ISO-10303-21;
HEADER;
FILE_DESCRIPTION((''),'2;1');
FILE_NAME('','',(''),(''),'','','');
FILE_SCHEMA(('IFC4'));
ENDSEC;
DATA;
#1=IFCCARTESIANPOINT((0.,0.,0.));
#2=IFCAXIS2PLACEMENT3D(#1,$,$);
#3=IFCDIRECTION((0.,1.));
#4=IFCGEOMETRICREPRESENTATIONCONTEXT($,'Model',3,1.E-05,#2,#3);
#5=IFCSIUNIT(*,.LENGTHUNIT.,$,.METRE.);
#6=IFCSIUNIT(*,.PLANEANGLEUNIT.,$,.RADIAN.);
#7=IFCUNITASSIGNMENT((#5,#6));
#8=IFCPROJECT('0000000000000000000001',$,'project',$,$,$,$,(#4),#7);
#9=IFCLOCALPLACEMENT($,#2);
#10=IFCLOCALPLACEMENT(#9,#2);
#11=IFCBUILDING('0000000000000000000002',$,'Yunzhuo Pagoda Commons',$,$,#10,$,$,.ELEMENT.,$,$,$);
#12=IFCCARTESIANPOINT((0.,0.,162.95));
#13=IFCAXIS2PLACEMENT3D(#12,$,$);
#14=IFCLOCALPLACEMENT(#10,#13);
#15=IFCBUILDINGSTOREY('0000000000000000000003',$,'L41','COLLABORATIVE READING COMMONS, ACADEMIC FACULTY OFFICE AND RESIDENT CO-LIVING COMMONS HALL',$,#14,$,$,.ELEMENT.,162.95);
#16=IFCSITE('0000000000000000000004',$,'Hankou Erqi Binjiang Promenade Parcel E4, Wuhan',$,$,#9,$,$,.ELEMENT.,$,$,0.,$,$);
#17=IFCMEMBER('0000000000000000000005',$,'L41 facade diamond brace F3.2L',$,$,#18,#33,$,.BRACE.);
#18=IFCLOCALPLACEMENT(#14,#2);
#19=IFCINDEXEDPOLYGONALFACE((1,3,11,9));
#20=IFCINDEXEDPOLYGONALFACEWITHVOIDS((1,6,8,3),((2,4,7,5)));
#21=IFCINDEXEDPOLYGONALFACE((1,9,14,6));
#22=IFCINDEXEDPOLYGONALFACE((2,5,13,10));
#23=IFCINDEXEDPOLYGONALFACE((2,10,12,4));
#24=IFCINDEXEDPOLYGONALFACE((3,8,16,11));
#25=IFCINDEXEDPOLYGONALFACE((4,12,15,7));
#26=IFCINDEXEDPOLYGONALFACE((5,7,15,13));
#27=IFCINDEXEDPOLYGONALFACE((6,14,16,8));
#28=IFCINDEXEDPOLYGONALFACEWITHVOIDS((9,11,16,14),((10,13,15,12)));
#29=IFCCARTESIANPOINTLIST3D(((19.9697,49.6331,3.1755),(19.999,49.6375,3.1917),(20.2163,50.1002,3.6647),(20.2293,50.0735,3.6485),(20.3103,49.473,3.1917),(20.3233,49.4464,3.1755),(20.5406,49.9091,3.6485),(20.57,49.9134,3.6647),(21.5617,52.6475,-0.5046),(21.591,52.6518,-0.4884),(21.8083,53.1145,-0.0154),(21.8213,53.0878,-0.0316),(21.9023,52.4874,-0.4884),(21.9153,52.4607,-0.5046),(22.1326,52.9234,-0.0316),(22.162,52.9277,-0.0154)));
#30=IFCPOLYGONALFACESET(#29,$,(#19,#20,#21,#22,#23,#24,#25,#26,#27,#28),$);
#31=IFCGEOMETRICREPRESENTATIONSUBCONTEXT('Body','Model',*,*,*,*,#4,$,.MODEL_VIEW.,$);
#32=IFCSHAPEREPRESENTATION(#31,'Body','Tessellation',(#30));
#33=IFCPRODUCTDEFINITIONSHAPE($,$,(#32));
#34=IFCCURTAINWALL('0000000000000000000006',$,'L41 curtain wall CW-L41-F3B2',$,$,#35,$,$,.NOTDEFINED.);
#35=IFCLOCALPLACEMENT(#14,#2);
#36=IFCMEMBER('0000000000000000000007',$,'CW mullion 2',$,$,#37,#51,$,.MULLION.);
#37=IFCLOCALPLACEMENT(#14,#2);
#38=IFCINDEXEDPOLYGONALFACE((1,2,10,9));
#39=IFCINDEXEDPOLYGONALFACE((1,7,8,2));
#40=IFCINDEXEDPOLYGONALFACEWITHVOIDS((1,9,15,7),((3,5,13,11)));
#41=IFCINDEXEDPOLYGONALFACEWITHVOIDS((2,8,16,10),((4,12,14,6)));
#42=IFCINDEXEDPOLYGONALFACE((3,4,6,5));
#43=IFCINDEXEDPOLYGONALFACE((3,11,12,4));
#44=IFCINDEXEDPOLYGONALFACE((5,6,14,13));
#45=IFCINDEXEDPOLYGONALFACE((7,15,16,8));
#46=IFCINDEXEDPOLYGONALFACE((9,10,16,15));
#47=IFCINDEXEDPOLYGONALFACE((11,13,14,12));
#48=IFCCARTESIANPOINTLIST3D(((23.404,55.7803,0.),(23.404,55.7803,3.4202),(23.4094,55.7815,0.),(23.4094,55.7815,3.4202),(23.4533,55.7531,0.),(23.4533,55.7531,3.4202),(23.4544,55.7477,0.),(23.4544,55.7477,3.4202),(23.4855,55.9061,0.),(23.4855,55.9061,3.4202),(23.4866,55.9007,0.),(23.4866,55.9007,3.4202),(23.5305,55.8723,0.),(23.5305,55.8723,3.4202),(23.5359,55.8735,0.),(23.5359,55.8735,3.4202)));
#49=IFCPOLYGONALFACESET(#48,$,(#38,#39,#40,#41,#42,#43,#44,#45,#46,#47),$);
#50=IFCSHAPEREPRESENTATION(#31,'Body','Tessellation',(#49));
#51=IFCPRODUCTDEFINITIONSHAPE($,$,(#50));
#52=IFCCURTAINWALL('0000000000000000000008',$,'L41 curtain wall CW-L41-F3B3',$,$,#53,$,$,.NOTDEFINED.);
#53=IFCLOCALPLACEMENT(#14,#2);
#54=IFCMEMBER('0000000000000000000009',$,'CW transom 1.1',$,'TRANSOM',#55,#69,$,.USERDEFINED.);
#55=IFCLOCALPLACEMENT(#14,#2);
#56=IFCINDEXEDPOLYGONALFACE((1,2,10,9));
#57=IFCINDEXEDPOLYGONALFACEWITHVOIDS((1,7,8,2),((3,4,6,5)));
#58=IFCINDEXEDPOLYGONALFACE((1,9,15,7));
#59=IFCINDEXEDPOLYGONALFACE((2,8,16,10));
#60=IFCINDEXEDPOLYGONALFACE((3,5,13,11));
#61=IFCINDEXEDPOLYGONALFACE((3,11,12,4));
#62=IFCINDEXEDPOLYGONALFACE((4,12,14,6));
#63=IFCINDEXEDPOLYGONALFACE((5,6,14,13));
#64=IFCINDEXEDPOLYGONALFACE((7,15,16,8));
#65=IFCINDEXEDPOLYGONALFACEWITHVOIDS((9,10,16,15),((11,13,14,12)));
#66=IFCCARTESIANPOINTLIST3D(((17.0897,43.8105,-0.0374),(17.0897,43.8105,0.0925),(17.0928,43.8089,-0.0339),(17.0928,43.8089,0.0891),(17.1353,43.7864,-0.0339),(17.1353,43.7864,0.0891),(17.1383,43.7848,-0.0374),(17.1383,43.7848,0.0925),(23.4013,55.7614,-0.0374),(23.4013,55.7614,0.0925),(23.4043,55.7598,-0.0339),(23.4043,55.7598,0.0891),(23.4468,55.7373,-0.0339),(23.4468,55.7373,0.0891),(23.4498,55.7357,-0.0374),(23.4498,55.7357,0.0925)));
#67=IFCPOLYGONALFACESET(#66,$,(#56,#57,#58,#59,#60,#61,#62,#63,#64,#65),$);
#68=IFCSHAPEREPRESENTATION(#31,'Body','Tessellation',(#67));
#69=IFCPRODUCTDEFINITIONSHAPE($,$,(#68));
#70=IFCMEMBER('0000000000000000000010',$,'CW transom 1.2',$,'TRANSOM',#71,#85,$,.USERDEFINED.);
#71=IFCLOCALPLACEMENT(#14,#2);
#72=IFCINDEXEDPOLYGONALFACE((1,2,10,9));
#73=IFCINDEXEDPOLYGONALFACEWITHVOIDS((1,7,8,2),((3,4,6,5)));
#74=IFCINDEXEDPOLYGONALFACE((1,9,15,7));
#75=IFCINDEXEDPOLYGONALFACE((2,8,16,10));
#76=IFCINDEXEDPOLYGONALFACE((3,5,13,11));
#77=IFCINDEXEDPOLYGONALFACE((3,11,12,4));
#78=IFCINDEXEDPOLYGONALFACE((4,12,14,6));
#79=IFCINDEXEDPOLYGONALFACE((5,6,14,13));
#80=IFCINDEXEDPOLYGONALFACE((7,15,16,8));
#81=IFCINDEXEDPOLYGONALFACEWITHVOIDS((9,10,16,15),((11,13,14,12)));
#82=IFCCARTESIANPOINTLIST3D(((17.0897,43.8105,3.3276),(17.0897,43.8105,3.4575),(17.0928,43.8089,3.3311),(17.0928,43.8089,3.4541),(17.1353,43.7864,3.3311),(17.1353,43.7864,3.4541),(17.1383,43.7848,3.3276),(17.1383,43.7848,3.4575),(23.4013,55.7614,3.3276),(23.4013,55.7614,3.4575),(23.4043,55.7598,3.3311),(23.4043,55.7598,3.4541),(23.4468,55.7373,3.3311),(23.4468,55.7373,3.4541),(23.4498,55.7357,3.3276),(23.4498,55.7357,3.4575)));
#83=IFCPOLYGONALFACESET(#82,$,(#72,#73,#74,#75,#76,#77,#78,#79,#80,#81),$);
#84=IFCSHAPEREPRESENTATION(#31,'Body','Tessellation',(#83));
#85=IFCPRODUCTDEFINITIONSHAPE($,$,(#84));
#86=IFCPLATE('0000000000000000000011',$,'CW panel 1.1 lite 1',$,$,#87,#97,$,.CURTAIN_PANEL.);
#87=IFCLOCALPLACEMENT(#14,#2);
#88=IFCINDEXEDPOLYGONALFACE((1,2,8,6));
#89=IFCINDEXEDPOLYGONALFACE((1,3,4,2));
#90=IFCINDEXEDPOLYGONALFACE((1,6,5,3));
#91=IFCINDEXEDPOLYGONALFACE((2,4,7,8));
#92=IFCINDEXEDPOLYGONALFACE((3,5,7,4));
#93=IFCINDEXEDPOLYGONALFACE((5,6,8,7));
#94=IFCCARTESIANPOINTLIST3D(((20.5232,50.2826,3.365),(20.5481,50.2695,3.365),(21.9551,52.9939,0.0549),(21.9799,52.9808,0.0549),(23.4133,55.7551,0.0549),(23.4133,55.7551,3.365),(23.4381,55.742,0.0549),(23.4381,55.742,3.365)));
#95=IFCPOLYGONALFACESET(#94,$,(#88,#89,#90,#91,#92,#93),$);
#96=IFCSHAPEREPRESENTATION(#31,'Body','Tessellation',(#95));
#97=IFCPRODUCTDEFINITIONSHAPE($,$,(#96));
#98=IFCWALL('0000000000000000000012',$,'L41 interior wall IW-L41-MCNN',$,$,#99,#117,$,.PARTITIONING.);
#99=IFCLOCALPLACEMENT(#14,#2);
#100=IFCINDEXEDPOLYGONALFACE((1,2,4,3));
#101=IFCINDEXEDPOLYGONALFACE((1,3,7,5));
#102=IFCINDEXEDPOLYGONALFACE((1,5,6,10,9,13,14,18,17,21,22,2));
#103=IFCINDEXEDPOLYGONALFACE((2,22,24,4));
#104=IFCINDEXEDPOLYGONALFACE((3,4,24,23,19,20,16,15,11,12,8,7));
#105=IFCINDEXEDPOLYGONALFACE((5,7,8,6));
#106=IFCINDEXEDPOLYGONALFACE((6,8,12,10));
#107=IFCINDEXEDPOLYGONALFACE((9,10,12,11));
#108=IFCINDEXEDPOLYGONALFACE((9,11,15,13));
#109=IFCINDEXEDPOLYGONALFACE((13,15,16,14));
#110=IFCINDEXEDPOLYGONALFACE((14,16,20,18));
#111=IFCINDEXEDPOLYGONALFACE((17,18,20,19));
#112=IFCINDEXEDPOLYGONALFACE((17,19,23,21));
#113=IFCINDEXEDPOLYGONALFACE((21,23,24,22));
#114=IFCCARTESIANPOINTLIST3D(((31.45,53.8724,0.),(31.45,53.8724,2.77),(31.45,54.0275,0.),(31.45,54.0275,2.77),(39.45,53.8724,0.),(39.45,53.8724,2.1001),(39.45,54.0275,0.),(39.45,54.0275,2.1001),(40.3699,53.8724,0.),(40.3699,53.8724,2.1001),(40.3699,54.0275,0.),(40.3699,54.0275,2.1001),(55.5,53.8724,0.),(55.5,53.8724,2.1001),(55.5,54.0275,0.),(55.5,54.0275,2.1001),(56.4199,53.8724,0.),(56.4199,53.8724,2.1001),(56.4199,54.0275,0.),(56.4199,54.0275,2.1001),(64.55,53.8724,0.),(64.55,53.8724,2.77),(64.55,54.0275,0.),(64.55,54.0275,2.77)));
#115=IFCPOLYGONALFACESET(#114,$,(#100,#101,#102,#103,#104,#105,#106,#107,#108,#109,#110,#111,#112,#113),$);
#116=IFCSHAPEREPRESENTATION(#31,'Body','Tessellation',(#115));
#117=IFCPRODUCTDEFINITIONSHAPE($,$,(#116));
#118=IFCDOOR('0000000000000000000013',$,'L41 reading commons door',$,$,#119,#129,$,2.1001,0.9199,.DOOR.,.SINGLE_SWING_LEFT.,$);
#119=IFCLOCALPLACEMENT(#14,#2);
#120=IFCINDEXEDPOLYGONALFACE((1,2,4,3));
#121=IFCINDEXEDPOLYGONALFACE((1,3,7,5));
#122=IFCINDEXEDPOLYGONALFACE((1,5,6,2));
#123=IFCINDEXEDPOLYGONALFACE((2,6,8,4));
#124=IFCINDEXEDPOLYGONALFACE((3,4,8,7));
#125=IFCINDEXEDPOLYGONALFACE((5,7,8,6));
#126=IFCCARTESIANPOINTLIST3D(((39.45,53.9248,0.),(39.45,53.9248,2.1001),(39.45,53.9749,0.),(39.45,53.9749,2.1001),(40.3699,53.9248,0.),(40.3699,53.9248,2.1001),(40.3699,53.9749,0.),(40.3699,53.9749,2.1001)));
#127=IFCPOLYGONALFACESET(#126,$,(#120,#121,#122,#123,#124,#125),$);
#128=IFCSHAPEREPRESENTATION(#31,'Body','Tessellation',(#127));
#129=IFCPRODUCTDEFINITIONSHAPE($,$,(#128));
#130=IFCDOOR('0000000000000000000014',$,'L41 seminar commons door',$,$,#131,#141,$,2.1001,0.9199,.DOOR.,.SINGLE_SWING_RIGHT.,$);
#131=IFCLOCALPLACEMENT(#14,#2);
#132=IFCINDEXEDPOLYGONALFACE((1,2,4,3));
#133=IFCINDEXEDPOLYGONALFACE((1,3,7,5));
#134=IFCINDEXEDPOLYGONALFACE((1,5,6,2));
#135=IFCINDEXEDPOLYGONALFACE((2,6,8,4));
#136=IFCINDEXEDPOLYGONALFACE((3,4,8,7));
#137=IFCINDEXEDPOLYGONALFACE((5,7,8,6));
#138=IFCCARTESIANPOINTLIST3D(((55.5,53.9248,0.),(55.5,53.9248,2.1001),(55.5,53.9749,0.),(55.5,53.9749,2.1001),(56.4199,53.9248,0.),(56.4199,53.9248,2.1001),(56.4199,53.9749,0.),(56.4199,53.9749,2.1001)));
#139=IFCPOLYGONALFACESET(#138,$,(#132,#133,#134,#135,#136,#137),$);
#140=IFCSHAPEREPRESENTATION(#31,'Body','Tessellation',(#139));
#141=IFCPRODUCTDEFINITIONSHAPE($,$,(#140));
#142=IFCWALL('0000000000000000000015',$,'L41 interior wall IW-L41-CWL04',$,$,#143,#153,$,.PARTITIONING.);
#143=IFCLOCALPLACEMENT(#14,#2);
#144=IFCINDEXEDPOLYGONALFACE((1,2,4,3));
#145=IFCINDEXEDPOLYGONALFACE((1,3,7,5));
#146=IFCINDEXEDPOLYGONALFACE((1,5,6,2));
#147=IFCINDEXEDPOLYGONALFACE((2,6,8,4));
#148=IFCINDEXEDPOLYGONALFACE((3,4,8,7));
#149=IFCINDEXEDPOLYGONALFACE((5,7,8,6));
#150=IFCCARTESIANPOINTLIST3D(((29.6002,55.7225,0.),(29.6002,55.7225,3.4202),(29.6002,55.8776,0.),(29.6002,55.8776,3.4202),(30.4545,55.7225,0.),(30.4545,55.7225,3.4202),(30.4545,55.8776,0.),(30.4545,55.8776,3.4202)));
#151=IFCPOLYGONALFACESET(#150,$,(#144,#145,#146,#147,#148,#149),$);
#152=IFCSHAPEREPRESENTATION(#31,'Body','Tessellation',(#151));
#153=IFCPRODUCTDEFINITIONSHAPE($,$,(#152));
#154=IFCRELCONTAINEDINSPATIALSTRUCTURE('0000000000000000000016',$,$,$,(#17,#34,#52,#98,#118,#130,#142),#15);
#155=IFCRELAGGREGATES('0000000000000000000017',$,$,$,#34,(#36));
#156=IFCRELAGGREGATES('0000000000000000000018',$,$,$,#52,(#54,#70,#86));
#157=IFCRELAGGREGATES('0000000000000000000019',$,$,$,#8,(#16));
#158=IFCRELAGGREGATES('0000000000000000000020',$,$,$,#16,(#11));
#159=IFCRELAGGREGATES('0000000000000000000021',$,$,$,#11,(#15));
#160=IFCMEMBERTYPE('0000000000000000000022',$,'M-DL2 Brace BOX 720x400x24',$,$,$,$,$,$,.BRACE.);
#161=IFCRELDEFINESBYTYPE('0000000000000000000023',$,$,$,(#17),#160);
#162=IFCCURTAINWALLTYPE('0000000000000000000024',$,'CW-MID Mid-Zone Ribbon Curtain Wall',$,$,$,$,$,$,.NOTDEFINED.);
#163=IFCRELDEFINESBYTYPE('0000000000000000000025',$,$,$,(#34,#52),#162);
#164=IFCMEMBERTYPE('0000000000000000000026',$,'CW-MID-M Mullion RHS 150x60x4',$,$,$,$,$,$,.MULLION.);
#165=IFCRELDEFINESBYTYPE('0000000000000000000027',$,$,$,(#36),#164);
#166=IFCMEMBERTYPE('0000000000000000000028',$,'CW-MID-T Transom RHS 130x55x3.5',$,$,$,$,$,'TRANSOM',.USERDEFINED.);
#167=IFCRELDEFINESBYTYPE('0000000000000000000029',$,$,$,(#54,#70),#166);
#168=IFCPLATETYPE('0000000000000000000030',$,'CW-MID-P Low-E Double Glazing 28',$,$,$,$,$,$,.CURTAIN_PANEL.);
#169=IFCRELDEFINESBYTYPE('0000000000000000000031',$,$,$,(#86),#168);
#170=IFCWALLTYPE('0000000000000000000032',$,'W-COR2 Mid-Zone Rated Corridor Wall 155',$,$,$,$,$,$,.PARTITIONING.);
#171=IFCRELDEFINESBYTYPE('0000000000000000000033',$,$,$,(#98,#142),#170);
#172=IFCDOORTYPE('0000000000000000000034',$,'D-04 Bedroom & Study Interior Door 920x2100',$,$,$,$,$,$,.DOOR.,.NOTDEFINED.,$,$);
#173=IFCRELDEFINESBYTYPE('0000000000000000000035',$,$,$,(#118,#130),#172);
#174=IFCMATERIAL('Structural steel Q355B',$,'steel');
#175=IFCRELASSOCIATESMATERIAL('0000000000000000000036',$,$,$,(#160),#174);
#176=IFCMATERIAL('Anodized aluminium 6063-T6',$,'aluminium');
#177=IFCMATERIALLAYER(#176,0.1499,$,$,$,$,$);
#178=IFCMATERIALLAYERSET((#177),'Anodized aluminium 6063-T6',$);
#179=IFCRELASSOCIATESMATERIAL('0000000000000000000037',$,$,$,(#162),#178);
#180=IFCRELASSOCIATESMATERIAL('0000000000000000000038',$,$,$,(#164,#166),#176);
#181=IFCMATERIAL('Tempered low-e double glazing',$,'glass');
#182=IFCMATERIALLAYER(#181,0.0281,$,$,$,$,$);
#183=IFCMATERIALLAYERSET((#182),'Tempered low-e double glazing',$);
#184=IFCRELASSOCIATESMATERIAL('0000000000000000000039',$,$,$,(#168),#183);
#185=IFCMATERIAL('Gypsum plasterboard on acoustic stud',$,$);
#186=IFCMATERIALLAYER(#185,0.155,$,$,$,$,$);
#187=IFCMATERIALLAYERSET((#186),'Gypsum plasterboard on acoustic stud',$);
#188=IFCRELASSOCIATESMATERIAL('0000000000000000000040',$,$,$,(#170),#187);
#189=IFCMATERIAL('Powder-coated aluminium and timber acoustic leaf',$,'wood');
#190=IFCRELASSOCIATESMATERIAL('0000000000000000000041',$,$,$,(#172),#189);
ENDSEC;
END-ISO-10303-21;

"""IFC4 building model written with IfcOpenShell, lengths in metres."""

from ifc_helpers import new_model, si_unit, direction, frame, frame_2d, origin, origin_with_axes, origin_2d, place, context, subcontext, project, spatial, polyline, rectangle, hollow_rectangle, outline, extrude, source, transform, mapped, material, layer, layer_set, material_profile, profile_set, type_object, element, fill, aggregate, save


model = new_model("IFC4")

# Units and contexts
model_context = context("Model", 3, precision=1e-05, world=origin(), true_north=direction((0.0, 1.0)))
body_context = subcontext(model_context, "Body", "Model", "MODEL_VIEW")
ifc_project = project(units=[si_unit("LENGTHUNIT", "METRE"), si_unit("PLANEANGLEUNIT", "RADIAN")], contexts=[model_context])

# Site, building, storey
site_placement = place(None, origin())
site = spatial("IfcSite", under=ifc_project, at=site_placement, Name="Hankou Erqi Binjiang Promenade Parcel E4, Wuhan", CompositionType="ELEMENT", RefElevation=0.0)
building_placement = place(site_placement, origin())
building = spatial("IfcBuilding", under=site, at=building_placement, Name="Yunzhuo Pagoda Commons", CompositionType="ELEMENT")
storey_placement = place(building_placement, frame((0.0, 0.0, 162.95)))
storey = spatial("IfcBuildingStorey", under=building, at=storey_placement, Name="L41", Description="COLLABORATIVE READING COMMONS, ACADEMIC FACULTY OFFICE AND RESIDENT CO-LIVING COMMONS HALL", CompositionType="ELEMENT", Elevation=162.95)

# Shared definitions
ifc_material_1 = material(Name="Structural steel Q355B", Category="steel")

# Member
ifc_material_profile_1 = material_profile(ifc_material_1, hollow_rectangle(XDim=0.3999, YDim=0.72, WallThickness=0.0239, at=origin_2d()), Name="Structural steel Q355B")
ifc_profile_set_1 = profile_set([ifc_material_profile_1], Name="Structural steel Q355B")
member_type_1 = type_object("IfcMemberType", Name="M-DL2 Brace BOX 720x400x24", PredefinedType="BRACE", material=ifc_profile_set_1)
shared_shape_1 = source(origin(), body_context, "Body", "SweptSolid", [
    extrude(hollow_rectangle(XDim=0.3999, YDim=0.72, WallThickness=0.0239, at=origin_2d()), origin(), (0.0, 0.0, 1.0), 5.0164),
])
member_1_placement = place(storey_placement, frame((21.8618, 52.7876, -0.26), z_axis=(-0.317363, -0.600902, 0.733619), x_axis=(0.884251, -0.467012, 0.0)))
element("IfcMember", 1, at=member_1_placement, inside=storey, type_object=member_type_1, Name="L41 facade diamond brace F3.2L", PredefinedType="BRACE", context=body_context, shape_type="MappedRepresentation", body=[
    mapped(shared_shape_1, transform((0.0, 0.0, 0.0), scale=1.0)),
])

# Curtain wall, member
ifc_material_2 = material(Name="Anodized aluminium 6063-T6", Category="aluminium")
ifc_layer_1 = layer(ifc_material_2, 0.1499)
ifc_layer_set_1 = layer_set([ifc_layer_1], Name="Anodized aluminium 6063-T6")
curtain_wall_type = type_object("IfcCurtainWallType", Name="CW-MID Mid-Zone Ribbon Curtain Wall", PredefinedType="NOTDEFINED", material=ifc_layer_set_1)
curtain_wall_1_placement = place(storey_placement, origin())
curtain_wall_1 = element("IfcCurtainWall", 2, at=curtain_wall_1_placement, inside=storey, type_object=curtain_wall_type, Name="L41 curtain wall CW-L41-F3B2", PredefinedType="NOTDEFINED")
ifc_material_profile_2 = material_profile(ifc_material_2, hollow_rectangle(XDim=0.0601, YDim=0.1499, WallThickness=0.0039, at=origin_2d()), Name="Anodized aluminium 6063-T6")
ifc_profile_set_2 = profile_set([ifc_material_profile_2], Name="Anodized aluminium 6063-T6")
member_type_2 = type_object("IfcMemberType", Name="CW-MID-M Mullion RHS 150x60x4", PredefinedType="MULLION", material=ifc_profile_set_2)
shared_shape_2 = source(origin(), body_context, "Body", "SweptSolid", [
    extrude(hollow_rectangle(XDim=0.0601, YDim=0.1499, WallThickness=0.0039, at=origin_2d()), origin(), (0.0, 0.0, 1.0), 3.4202),
])
member_2_placement = place(storey_placement, frame((23.47, 55.8269, 0.0), z_axis=(0.0, 0.0, 1.0), x_axis=(0.839466, -0.543412, 0.0)))
member_2 = element("IfcMember", 3, at=member_2_placement, type_object=member_type_2, Name="CW mullion 2", PredefinedType="MULLION", context=body_context, shape_type="MappedRepresentation", body=[
    mapped(shared_shape_2, transform((0.0, 0.0, 0.0), scale=1.0)),
])
aggregate(curtain_wall_1, [member_2])

# Curtain wall, members, plate
curtain_wall_2_placement = place(storey_placement, origin())
curtain_wall_2 = element("IfcCurtainWall", 4, at=curtain_wall_2_placement, inside=storey, type_object=curtain_wall_type, Name="L41 curtain wall CW-L41-F3B3", PredefinedType="NOTDEFINED")
ifc_material_profile_3 = material_profile(ifc_material_2, hollow_rectangle(XDim=0.0549, YDim=0.1299, WallThickness=0.0034, at=origin_2d()), Name="Anodized aluminium 6063-T6")
ifc_profile_set_3 = profile_set([ifc_material_profile_3], Name="Anodized aluminium 6063-T6")
member_type_3 = type_object("IfcMemberType", Name="CW-MID-T Transom RHS 130x55x3.5", ElementType="TRANSOM", PredefinedType="USERDEFINED", material=ifc_profile_set_3)
shared_shape_3 = source(origin(), body_context, "Body", "SweptSolid", [
    extrude(hollow_rectangle(XDim=0.0549, YDim=0.1299, WallThickness=0.0034, at=origin_2d()), origin(), (0.0, 0.0, 1.0), 13.5151),
])
member_3_placement = place(storey_placement, frame((23.4255, 55.7485, 0.0276), z_axis=(-0.466995, -0.88426, 0.0), x_axis=(0.88426, -0.466995, 0.0)))
member_3 = element("IfcMember", 5, at=member_3_placement, type_object=member_type_3, Name="CW transom 1.1", ObjectType="TRANSOM", PredefinedType="USERDEFINED", context=body_context, shape_type="MappedRepresentation", body=[
    mapped(shared_shape_3, transform((0.0, 0.0, 0.0), scale=1.0)),
])
member_4_placement = place(storey_placement, frame((23.4255, 55.7485, 3.3926), z_axis=(-0.466995, -0.88426, 0.0), x_axis=(0.88426, -0.466995, 0.0)))
member_4 = element("IfcMember", 6, at=member_4_placement, type_object=member_type_3, Name="CW transom 1.2", ObjectType="TRANSOM", PredefinedType="USERDEFINED", context=body_context, shape_type="MappedRepresentation", body=[
    mapped(shared_shape_3, transform((0.0, 0.0, 0.0), scale=1.0)),
])
ifc_material_3 = material(Name="Tempered low-e double glazing", Category="glass")
ifc_layer_2 = layer(ifc_material_3, 0.0281)
ifc_layer_set_2 = layer_set([ifc_layer_2], Name="Tempered low-e double glazing")
plate_type = type_object("IfcPlateType", Name="CW-MID-P Low-E Double Glazing 28", PredefinedType="CURTAIN_PANEL", material=ifc_layer_set_2)
plate_placement = place(storey_placement, frame((21.9932, 53.0059, 1.71), z_axis=(-0.884263, 0.46699, 0.0), x_axis=(-0.46699, -0.884263, 0.0)))
plate = element("IfcPlate", 7, at=plate_placement, type_object=plate_type, Name="CW panel 1.1 lite 1", PredefinedType="CURTAIN_PANEL", context=body_context, shape_type="SweptSolid", body=[
    extrude(outline(polyline([(-3.0942, -1.655), (0.0283, -1.655), (3.0945, 1.655), (-3.0942, 1.655), (-3.0942, -1.655)])), origin(), (0.0, 0.0, 1.0), 0.0281),
])
aggregate(curtain_wall_2, [member_3, member_4, plate])

# Wall, openings, doors
ifc_material_4 = material(Name="Gypsum plasterboard on acoustic stud")
ifc_layer_3 = layer(ifc_material_4, 0.155)
ifc_layer_set_3 = layer_set([ifc_layer_3], Name="Gypsum plasterboard on acoustic stud")
wall_type_1 = type_object("IfcWallType", Name="W-COR2 Mid-Zone Rated Corridor Wall 155", PredefinedType="PARTITIONING", material=ifc_layer_set_3)
wall_1_placement = place(storey_placement, frame((31.45, 53.95, 0.0), z_axis=(0.0, 0.0, 1.0), x_axis=(1.0, 0.0, 0.0)))
wall_1 = element("IfcWall", 8, at=wall_1_placement, inside=storey, type_object=wall_type_1, Name="L41 interior wall IW-L41-MCNN", PredefinedType="PARTITIONING", context=body_context, shape_type="SweptSolid", body=[
    extrude(rectangle(XDim=33.1001, YDim=0.155, at=frame_2d((16.55, 0.0))), origin(), (0.0, 0.0, 1.0), 2.77),
])
opening_1_placement = place(wall_1_placement, frame((8.0, 0.0, 0.0)))
opening_1 = element("IfcOpeningElement", 9, at=opening_1_placement, cuts=wall_1, PredefinedType="OPENING", context=body_context, shape_type="SweptSolid", body=[
    extrude(rectangle(XDim=0.9199, YDim=2.1001, at=frame_2d((0.46, 1.05))), frame((0.0, 0.0874, 0.0), z_axis=(0.0, -1.0, 0.0), x_axis=(1.0, 0.0, 0.0)), (0.0, 0.0, 1.0), 0.175),
])
opening_2_placement = place(wall_1_placement, frame((24.05, 0.0, 0.0)))
opening_2 = element("IfcOpeningElement", 10, at=opening_2_placement, cuts=wall_1, PredefinedType="OPENING", context=body_context, shape_type="SweptSolid", body=[
    extrude(rectangle(XDim=0.9199, YDim=2.1001, at=frame_2d((0.46, 1.05))), frame((0.0, 0.0874, 0.0), z_axis=(0.0, -1.0, 0.0), x_axis=(1.0, 0.0, 0.0)), (0.0, 0.0, 1.0), 0.175),
])
ifc_material_5 = material(Name="Powder-coated aluminium and timber acoustic leaf", Category="wood")
door_type_1 = type_object("IfcDoorType", Name="D-04 Bedroom & Study Interior Door 920x2100", OperationType="NOTDEFINED", PredefinedType="DOOR", material=ifc_material_5)
shared_shape_4 = source(origin(), body_context, "Body", "SweptSolid", [
    extrude(rectangle(XDim=0.9199, YDim=2.1001, at=frame_2d((0.46, 1.05))), frame((0.0, 0.0249, 0.0), z_axis=(0.0, -1.0, 0.0), x_axis=(1.0, 0.0, 0.0)), (0.0, 0.0, 1.0), 0.05),
])
door_1_placement = place(opening_1_placement, origin_with_axes())
door_1 = element("IfcDoor", 11, at=door_1_placement, inside=storey, type_object=door_type_1, Name="L41 reading commons door", OperationType="SINGLE_SWING_LEFT", OverallHeight=2.1001, OverallWidth=0.9199, PredefinedType="DOOR", context=body_context, shape_type="MappedRepresentation", body=[
    mapped(shared_shape_4, transform((0.0, 0.0, 0.0), scale=1.0)),
])
fill(opening_1, door_1)
door_2_placement = place(opening_2_placement, origin_with_axes())
door_2 = element("IfcDoor", 12, at=door_2_placement, inside=storey, type_object=door_type_1, Name="L41 seminar commons door", OperationType="SINGLE_SWING_RIGHT", OverallHeight=2.1001, OverallWidth=0.9199, PredefinedType="DOOR", context=body_context, shape_type="MappedRepresentation", body=[
    mapped(shared_shape_4, transform((0.0, 0.0, 0.0), scale=1.0)),
])
fill(opening_2, door_2)

# Wall
wall_2_placement = place(storey_placement, frame((29.6001, 55.8, 0.0), z_axis=(0.0, 0.0, 1.0), x_axis=(1.0, 0.0, 0.0)))
element("IfcWall", 13, at=wall_2_placement, inside=storey, type_object=wall_type_1, Name="L41 interior wall IW-L41-CWL04", PredefinedType="PARTITIONING", context=body_context, shape_type="SweptSolid", body=[
    extrude(rectangle(XDim=0.8542, YDim=0.155, at=frame_2d((0.4272, 0.0))), origin(), (0.0, 0.0, 1.0), 3.4202),
])

save(model, "model.ifc")
